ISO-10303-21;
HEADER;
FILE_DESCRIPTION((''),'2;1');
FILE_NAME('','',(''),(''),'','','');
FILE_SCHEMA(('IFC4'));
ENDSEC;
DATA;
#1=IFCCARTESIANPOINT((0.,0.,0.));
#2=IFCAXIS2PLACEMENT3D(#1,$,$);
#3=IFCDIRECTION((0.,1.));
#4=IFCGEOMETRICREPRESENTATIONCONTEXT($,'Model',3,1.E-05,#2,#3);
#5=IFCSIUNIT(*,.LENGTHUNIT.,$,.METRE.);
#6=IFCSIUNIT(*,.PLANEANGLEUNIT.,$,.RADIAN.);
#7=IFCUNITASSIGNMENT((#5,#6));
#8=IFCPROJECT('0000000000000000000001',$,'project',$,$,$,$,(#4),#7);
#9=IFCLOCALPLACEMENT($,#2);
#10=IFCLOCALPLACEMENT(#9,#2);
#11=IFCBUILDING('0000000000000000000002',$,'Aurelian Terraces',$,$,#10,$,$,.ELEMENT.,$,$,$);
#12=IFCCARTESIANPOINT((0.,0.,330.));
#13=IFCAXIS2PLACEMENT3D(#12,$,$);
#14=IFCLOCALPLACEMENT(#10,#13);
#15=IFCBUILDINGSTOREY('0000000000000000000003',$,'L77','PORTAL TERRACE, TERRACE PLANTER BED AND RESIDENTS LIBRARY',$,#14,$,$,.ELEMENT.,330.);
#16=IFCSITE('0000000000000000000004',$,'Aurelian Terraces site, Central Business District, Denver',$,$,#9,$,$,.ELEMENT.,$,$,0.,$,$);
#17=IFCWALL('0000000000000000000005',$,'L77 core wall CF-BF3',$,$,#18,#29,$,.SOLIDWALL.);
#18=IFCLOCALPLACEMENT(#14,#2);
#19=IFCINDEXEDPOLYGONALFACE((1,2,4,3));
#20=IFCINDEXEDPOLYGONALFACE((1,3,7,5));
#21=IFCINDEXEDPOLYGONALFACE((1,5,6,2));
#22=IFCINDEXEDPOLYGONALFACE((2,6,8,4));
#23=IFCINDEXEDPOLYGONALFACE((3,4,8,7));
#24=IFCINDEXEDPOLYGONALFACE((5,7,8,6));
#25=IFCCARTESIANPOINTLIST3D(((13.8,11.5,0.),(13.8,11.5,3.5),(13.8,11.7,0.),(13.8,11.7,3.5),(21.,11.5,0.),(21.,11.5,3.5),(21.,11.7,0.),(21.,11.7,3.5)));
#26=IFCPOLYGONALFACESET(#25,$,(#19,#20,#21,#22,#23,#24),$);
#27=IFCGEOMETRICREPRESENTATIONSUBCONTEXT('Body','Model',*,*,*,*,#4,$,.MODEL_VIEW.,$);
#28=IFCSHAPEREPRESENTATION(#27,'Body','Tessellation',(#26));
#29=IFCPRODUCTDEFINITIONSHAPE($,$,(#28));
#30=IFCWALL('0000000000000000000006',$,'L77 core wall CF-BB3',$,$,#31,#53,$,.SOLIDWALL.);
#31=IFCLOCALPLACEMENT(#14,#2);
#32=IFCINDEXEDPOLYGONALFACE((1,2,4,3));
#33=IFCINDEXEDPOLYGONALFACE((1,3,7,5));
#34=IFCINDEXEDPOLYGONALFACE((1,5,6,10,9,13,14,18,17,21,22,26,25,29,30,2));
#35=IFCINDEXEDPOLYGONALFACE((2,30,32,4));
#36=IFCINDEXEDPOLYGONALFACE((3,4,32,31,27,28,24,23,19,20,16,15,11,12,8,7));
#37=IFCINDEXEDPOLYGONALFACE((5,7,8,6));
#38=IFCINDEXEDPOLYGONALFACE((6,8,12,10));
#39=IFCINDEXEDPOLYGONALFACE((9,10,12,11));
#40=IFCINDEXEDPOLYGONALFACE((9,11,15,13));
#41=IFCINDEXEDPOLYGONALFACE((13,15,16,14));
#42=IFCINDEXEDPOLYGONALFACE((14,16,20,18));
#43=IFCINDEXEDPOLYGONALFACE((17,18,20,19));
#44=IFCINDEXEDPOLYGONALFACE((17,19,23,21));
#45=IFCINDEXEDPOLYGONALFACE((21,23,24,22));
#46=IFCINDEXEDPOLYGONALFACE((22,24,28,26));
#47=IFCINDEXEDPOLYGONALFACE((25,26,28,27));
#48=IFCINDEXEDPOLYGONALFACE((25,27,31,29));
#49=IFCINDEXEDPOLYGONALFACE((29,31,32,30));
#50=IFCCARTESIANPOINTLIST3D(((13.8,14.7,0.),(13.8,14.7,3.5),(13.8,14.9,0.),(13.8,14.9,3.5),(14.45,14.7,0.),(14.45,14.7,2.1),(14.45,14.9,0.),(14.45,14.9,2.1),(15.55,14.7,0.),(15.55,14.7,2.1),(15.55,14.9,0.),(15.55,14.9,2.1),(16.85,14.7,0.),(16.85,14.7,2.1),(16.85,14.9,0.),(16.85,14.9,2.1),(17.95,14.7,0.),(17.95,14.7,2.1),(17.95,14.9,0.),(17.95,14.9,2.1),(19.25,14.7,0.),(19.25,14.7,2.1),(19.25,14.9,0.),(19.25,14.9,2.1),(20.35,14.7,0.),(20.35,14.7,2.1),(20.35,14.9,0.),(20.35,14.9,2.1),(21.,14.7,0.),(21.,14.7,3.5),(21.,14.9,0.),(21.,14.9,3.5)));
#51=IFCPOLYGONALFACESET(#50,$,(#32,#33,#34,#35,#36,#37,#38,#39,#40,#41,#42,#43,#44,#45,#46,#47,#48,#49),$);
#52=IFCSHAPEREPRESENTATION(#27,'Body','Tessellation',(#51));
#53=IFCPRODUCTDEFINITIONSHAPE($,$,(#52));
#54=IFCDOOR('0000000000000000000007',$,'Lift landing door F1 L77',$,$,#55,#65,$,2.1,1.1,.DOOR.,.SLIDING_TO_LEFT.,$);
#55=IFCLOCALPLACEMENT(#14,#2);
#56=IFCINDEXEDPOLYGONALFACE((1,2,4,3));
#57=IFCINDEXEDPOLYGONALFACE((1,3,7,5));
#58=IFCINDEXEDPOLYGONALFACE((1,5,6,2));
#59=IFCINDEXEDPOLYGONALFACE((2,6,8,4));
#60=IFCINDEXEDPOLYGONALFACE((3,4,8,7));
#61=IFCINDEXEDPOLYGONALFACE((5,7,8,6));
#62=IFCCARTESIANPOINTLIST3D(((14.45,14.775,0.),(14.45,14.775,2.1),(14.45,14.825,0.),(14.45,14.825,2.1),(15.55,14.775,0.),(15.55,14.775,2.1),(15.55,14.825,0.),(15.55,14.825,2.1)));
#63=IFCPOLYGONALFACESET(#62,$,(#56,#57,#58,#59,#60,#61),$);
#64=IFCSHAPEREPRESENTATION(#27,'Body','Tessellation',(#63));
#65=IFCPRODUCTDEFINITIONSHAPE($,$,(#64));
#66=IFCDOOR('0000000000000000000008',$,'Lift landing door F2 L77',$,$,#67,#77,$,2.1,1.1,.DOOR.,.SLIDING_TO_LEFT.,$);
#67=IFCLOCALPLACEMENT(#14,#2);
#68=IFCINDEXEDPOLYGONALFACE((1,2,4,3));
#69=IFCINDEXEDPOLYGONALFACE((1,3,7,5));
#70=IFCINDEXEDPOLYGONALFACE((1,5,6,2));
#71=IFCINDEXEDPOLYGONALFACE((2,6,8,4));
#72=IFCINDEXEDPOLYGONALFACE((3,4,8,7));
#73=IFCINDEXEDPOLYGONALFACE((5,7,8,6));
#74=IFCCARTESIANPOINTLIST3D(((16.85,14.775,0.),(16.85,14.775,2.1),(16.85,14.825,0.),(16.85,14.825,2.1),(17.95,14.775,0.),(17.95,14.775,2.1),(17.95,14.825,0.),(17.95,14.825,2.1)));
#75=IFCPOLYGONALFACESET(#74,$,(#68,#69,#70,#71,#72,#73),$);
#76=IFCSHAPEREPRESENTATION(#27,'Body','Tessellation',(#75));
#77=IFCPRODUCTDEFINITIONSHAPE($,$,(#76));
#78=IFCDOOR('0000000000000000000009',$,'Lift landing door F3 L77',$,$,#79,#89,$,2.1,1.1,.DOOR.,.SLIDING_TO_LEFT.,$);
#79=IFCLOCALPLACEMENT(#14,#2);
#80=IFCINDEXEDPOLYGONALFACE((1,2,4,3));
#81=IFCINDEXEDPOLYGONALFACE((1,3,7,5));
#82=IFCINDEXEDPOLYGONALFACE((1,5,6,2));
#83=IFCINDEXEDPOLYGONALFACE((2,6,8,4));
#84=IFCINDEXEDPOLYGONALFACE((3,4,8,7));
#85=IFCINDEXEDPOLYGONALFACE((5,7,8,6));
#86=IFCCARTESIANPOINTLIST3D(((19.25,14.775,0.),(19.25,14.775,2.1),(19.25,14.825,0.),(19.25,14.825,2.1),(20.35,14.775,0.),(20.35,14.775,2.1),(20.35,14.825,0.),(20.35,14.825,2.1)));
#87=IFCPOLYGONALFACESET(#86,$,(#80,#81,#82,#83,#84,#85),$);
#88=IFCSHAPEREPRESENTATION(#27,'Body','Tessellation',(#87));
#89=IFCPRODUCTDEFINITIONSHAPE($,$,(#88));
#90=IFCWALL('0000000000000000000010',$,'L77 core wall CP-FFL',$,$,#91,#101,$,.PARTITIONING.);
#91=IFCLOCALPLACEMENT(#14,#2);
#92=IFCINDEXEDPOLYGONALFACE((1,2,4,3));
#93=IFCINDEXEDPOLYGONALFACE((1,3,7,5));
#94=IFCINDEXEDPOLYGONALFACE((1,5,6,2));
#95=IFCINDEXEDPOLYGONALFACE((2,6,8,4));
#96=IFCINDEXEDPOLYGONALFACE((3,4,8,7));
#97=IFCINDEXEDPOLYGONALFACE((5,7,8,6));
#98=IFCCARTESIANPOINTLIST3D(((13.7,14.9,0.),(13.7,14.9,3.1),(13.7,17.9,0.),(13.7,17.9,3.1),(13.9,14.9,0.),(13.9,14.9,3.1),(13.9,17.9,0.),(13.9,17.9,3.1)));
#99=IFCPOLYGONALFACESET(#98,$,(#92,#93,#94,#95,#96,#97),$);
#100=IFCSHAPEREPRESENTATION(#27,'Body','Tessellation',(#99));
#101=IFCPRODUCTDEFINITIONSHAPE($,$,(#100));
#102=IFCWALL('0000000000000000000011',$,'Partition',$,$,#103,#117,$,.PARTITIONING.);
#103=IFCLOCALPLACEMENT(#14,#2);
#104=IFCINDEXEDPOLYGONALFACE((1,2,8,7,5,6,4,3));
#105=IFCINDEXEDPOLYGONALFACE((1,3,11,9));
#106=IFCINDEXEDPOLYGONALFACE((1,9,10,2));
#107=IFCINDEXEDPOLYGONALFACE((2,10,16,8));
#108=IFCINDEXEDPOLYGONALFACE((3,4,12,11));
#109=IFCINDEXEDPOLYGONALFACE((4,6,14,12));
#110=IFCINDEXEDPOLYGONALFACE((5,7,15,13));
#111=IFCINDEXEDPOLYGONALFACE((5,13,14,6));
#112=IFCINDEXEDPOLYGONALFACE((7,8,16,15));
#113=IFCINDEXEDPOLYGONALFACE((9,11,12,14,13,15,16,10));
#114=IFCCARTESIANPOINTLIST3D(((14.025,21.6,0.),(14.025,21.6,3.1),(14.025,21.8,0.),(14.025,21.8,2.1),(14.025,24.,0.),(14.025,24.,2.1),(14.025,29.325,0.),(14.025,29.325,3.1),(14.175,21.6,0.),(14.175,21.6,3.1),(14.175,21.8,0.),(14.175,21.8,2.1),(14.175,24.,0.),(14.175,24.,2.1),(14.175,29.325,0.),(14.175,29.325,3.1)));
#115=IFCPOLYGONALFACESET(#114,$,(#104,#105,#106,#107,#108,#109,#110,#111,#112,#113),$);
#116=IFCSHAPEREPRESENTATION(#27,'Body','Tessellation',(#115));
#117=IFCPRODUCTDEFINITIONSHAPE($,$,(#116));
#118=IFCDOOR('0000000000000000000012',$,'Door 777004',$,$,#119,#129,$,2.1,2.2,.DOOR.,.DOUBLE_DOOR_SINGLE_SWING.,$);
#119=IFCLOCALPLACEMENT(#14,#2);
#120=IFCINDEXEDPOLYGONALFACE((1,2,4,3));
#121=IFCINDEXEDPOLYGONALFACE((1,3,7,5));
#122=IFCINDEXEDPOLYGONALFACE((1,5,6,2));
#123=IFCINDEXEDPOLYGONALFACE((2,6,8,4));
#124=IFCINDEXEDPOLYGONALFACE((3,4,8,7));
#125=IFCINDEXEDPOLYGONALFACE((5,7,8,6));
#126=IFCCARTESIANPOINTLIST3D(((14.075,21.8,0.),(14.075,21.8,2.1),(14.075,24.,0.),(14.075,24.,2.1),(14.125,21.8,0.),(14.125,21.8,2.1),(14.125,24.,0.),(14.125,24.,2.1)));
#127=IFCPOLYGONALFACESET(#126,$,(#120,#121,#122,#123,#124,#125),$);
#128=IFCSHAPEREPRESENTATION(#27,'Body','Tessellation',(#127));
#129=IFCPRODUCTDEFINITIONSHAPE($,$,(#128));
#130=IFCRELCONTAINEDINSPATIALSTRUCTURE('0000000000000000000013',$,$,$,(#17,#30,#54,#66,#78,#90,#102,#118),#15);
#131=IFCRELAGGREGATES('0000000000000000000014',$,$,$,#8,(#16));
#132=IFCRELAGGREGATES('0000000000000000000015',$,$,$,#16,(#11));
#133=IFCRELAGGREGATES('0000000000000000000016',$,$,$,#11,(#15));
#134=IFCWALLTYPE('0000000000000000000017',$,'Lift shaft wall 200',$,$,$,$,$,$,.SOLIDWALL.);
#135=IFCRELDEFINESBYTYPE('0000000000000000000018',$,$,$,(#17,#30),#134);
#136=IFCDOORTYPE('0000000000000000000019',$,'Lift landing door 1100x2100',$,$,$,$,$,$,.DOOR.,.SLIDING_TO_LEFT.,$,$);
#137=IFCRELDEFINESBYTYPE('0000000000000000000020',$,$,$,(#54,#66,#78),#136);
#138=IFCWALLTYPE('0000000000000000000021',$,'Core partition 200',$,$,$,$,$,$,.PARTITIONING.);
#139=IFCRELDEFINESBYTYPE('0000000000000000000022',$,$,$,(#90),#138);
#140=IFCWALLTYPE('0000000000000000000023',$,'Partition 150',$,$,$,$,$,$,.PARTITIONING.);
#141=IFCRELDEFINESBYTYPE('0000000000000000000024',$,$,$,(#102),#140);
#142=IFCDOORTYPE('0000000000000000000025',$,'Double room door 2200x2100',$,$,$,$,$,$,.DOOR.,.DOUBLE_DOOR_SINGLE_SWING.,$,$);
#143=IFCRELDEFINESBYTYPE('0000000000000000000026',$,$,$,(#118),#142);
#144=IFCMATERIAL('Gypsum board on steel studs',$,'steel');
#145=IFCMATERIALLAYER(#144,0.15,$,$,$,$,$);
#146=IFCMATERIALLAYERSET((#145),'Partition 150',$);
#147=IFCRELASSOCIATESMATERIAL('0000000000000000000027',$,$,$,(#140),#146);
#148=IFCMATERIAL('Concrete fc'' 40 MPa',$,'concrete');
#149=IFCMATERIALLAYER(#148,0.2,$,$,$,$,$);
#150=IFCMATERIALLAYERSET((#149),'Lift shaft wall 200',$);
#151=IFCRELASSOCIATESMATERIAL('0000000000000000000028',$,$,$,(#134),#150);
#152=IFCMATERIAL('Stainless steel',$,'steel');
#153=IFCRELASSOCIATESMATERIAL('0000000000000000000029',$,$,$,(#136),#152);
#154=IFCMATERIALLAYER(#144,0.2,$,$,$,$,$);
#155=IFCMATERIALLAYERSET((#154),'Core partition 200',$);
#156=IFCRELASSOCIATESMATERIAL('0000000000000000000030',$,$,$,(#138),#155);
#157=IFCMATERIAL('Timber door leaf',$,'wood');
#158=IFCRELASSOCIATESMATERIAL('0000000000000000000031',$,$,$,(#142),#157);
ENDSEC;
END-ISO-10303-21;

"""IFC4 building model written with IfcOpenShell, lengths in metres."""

from ifc_helpers import new_model, si_unit, direction, frame, frame_2d, origin, place, context, subcontext, project, spatial, rectangle, extrude, source, transform, mapped, material, layer, layer_set, type_object, element, fill, save


model = new_model("IFC4")

# Units and contexts
model_context = context("Model", 3, precision=1e-05, world=origin(), true_north=direction((0.0, 1.0)))
body_context = subcontext(model_context, "Body", "Model", "MODEL_VIEW")
ifc_project = project(units=[si_unit("LENGTHUNIT", "METRE"), si_unit("PLANEANGLEUNIT", "RADIAN")], contexts=[model_context])

# Site, building, storey
site_placement = place(None, origin())
site = spatial("IfcSite", under=ifc_project, at=site_placement, Name="Aurelian Terraces site, Central Business District, Denver", CompositionType="ELEMENT", RefElevation=0.0)
building_placement = place(site_placement, origin())
building = spatial("IfcBuilding", under=site, at=building_placement, Name="Aurelian Terraces", CompositionType="ELEMENT")
storey_placement = place(building_placement, frame((0.0, 0.0, 330.0)))
storey = spatial("IfcBuildingStorey", under=building, at=storey_placement, Name="L77", Description="PORTAL TERRACE, TERRACE PLANTER BED AND RESIDENTS LIBRARY", CompositionType="ELEMENT", Elevation=330.0)

# Shared definitions
ifc_material_1 = material(Name="Gypsum board on steel studs", Category="steel")
ifc_layer_1 = layer(ifc_material_1, 0.15)
ifc_layer_set_1 = layer_set([ifc_layer_1], Name="Partition 150")
wall_type_1 = type_object("IfcWallType", Name="Partition 150", PredefinedType="PARTITIONING", material=ifc_layer_set_1)
ifc_material_2 = material(Name="Timber door leaf", Category="wood")

# Wall
ifc_material_3 = material(Name="Concrete fc' 40 MPa", Category="concrete")
ifc_layer_2 = layer(ifc_material_3, 0.2)
ifc_layer_set_2 = layer_set([ifc_layer_2], Name="Lift shaft wall 200")
wall_type_2 = type_object("IfcWallType", Name="Lift shaft wall 200", PredefinedType="SOLIDWALL", material=ifc_layer_set_2)
shared_shape_1 = source(origin(), body_context, "Body", "SweptSolid", [
    extrude(rectangle(XDim=7.2, YDim=0.2, at=frame_2d((3.6, 0.0))), origin(), (0.0, 0.0, 1.0), 3.5),
])
wall_1_placement = place(storey_placement, frame((13.8, 11.6, 0.0), z_axis=(0.0, 0.0, 1.0), x_axis=(1.0, 0.0, 0.0)))
element("IfcWall", 1, at=wall_1_placement, inside=storey, type_object=wall_type_2, Name="L77 core wall CF-BF3", PredefinedType="SOLIDWALL", context=body_context, shape_type="MappedRepresentation", body=[
    mapped(shared_shape_1, transform((0.0, 0.0, 0.0), scale=1.0)),
])

# Wall, openings, doors
wall_2_placement = place(storey_placement, frame((13.8, 14.8, 0.0), z_axis=(0.0, 0.0, 1.0), x_axis=(1.0, 0.0, 0.0)))
wall_2 = element("IfcWall", 2, at=wall_2_placement, inside=storey, type_object=wall_type_2, Name="L77 core wall CF-BB3", PredefinedType="SOLIDWALL", context=body_context, shape_type="MappedRepresentation", body=[
    mapped(shared_shape_1, transform((0.0, 0.0, 0.0), scale=1.0)),
])
shared_shape_2 = source(origin(), body_context, "Body", "SweptSolid", [
    extrude(rectangle(XDim=1.1, YDim=2.1, at=frame_2d((0.55, 1.05))), frame((0.0, 0.11, 0.0), z_axis=(0.0, -1.0, 0.0), x_axis=(1.0, 0.0, 0.0)), (0.0, 0.0, 1.0), 0.22),
])
opening_1_placement = place(wall_2_placement, frame((0.65, 0.0, 0.0)))
opening_1 = element("IfcOpeningElement", 3, at=opening_1_placement, cuts=wall_2, PredefinedType="OPENING", context=body_context, shape_type="MappedRepresentation", body=[
    mapped(shared_shape_2, transform((0.0, 0.0, 0.0), scale=1.0)),
])
opening_2_placement = place(wall_2_placement, frame((3.05, 0.0, 0.0)))
opening_2 = element("IfcOpeningElement", 4, at=opening_2_placement, cuts=wall_2, PredefinedType="OPENING", context=body_context, shape_type="MappedRepresentation", body=[
    mapped(shared_shape_2, transform((0.0, 0.0, 0.0), scale=1.0)),
])
opening_3_placement = place(wall_2_placement, frame((5.45, 0.0, 0.0)))
opening_3 = element("IfcOpeningElement", 5, at=opening_3_placement, cuts=wall_2, PredefinedType="OPENING", context=body_context, shape_type="MappedRepresentation", body=[
    mapped(shared_shape_2, transform((0.0, 0.0, 0.0), scale=1.0)),
])
ifc_material_4 = material(Name="Stainless steel", Category="steel")
door_type_1 = type_object("IfcDoorType", Name="Lift landing door 1100x2100", OperationType="SLIDING_TO_LEFT", PredefinedType="DOOR", material=ifc_material_4)
shared_shape_3 = source(origin(), body_context, "Body", "SweptSolid", [
    extrude(rectangle(XDim=1.1, YDim=2.1, at=frame_2d((0.55, 1.05))), frame((0.0, 0.025, 0.0), z_axis=(0.0, -1.0, 0.0), x_axis=(1.0, 0.0, 0.0)), (0.0, 0.0, 1.0), 0.05),
])
door_1_placement = place(opening_1_placement, origin())
door_1 = element("IfcDoor", 6, at=door_1_placement, inside=storey, type_object=door_type_1, Name="Lift landing door F1 L77", OperationType="SLIDING_TO_LEFT", OverallHeight=2.1, OverallWidth=1.1, PredefinedType="DOOR", context=body_context, shape_type="MappedRepresentation", body=[
    mapped(shared_shape_3, transform((0.0, 0.0, 0.0), scale=1.0)),
])
fill(opening_1, door_1)
door_2_placement = place(opening_2_placement, origin())
door_2 = element("IfcDoor", 7, at=door_2_placement, inside=storey, type_object=door_type_1, Name="Lift landing door F2 L77", OperationType="SLIDING_TO_LEFT", OverallHeight=2.1, OverallWidth=1.1, PredefinedType="DOOR", context=body_context, shape_type="MappedRepresentation", body=[
    mapped(shared_shape_3, transform((0.0, 0.0, 0.0), scale=1.0)),
])
fill(opening_2, door_2)
door_3_placement = place(opening_3_placement, origin())
door_3 = element("IfcDoor", 8, at=door_3_placement, inside=storey, type_object=door_type_1, Name="Lift landing door F3 L77", OperationType="SLIDING_TO_LEFT", OverallHeight=2.1, OverallWidth=1.1, PredefinedType="DOOR", context=body_context, shape_type="MappedRepresentation", body=[
    mapped(shared_shape_3, transform((0.0, 0.0, 0.0), scale=1.0)),
])
fill(opening_3, door_3)

# Wall
ifc_layer_3 = layer(ifc_material_1, 0.2)
ifc_layer_set_3 = layer_set([ifc_layer_3], Name="Core partition 200")
wall_type_3 = type_object("IfcWallType", Name="Core partition 200", PredefinedType="PARTITIONING", material=ifc_layer_set_3)
shared_shape_4 = source(origin(), body_context, "Body", "SweptSolid", [
    extrude(rectangle(XDim=3.0, YDim=0.2, at=frame_2d((1.5, 0.0))), origin(), (0.0, 0.0, 1.0), 3.1),
])
wall_3_placement = place(storey_placement, frame((13.8, 14.9, 0.0), z_axis=(0.0, 0.0, 1.0), x_axis=(0.0, 1.0, 0.0)))
element("IfcWall", 9, at=wall_3_placement, inside=storey, type_object=wall_type_3, Name="L77 core wall CP-FFL", PredefinedType="PARTITIONING", context=body_context, shape_type="MappedRepresentation", body=[
    mapped(shared_shape_4, transform((0.0, 0.0, 0.0), scale=1.0)),
])

# Wall, opening, door
shared_shape_5 = source(origin(), body_context, "Body", "SweptSolid", [
    extrude(rectangle(XDim=7.725, YDim=0.15, at=frame_2d((3.8625, 0.0))), origin(), (0.0, 0.0, 1.0), 3.1),
])
wall_4_placement = place(storey_placement, frame((14.1, 29.325, 0.0), z_axis=(0.0, 0.0, 1.0), x_axis=(0.0, -1.0, 0.0)))
wall_4 = element("IfcWall", 10, at=wall_4_placement, inside=storey, type_object=wall_type_1, Name="Partition", PredefinedType="PARTITIONING", context=body_context, shape_type="MappedRepresentation", body=[
    mapped(shared_shape_5, transform((0.0, 0.0, 0.0), scale=1.0)),
])
shared_shape_6 = source(origin(), body_context, "Body", "SweptSolid", [
    extrude(rectangle(XDim=2.2, YDim=2.1, at=frame_2d((1.1, 1.05))), frame((0.0, 0.085, 0.0), z_axis=(0.0, -1.0, 0.0), x_axis=(1.0, 0.0, 0.0)), (0.0, 0.0, 1.0), 0.17),
])
opening_4_placement = place(wall_4_placement, frame((5.325, 0.0, 0.0)))
opening_4 = element("IfcOpeningElement", 11, at=opening_4_placement, cuts=wall_4, PredefinedType="OPENING", context=body_context, shape_type="MappedRepresentation", body=[
    mapped(shared_shape_6, transform((0.0, 0.0, 0.0), scale=1.0)),
])
door_type_2 = type_object("IfcDoorType", Name="Double room door 2200x2100", OperationType="DOUBLE_DOOR_SINGLE_SWING", PredefinedType="DOOR", material=ifc_material_2)
shared_shape_7 = source(origin(), body_context, "Body", "SweptSolid", [
    extrude(rectangle(XDim=2.2, YDim=2.1, at=frame_2d((1.1, 1.05))), frame((0.0, 0.025, 0.0), z_axis=(0.0, -1.0, 0.0), x_axis=(1.0, 0.0, 0.0)), (0.0, 0.0, 1.0), 0.05),
])
door_4_placement = place(opening_4_placement, origin())
door_4 = element("IfcDoor", 12, at=door_4_placement, inside=storey, type_object=door_type_2, Name="Door 777004", OperationType="DOUBLE_DOOR_SINGLE_SWING", OverallHeight=2.1, OverallWidth=2.2, PredefinedType="DOOR", context=body_context, shape_type="MappedRepresentation", body=[
    mapped(shared_shape_7, transform((0.0, 0.0, 0.0), scale=1.0)),
])
fill(opening_4, door_4)

save(model, "model.ifc")
